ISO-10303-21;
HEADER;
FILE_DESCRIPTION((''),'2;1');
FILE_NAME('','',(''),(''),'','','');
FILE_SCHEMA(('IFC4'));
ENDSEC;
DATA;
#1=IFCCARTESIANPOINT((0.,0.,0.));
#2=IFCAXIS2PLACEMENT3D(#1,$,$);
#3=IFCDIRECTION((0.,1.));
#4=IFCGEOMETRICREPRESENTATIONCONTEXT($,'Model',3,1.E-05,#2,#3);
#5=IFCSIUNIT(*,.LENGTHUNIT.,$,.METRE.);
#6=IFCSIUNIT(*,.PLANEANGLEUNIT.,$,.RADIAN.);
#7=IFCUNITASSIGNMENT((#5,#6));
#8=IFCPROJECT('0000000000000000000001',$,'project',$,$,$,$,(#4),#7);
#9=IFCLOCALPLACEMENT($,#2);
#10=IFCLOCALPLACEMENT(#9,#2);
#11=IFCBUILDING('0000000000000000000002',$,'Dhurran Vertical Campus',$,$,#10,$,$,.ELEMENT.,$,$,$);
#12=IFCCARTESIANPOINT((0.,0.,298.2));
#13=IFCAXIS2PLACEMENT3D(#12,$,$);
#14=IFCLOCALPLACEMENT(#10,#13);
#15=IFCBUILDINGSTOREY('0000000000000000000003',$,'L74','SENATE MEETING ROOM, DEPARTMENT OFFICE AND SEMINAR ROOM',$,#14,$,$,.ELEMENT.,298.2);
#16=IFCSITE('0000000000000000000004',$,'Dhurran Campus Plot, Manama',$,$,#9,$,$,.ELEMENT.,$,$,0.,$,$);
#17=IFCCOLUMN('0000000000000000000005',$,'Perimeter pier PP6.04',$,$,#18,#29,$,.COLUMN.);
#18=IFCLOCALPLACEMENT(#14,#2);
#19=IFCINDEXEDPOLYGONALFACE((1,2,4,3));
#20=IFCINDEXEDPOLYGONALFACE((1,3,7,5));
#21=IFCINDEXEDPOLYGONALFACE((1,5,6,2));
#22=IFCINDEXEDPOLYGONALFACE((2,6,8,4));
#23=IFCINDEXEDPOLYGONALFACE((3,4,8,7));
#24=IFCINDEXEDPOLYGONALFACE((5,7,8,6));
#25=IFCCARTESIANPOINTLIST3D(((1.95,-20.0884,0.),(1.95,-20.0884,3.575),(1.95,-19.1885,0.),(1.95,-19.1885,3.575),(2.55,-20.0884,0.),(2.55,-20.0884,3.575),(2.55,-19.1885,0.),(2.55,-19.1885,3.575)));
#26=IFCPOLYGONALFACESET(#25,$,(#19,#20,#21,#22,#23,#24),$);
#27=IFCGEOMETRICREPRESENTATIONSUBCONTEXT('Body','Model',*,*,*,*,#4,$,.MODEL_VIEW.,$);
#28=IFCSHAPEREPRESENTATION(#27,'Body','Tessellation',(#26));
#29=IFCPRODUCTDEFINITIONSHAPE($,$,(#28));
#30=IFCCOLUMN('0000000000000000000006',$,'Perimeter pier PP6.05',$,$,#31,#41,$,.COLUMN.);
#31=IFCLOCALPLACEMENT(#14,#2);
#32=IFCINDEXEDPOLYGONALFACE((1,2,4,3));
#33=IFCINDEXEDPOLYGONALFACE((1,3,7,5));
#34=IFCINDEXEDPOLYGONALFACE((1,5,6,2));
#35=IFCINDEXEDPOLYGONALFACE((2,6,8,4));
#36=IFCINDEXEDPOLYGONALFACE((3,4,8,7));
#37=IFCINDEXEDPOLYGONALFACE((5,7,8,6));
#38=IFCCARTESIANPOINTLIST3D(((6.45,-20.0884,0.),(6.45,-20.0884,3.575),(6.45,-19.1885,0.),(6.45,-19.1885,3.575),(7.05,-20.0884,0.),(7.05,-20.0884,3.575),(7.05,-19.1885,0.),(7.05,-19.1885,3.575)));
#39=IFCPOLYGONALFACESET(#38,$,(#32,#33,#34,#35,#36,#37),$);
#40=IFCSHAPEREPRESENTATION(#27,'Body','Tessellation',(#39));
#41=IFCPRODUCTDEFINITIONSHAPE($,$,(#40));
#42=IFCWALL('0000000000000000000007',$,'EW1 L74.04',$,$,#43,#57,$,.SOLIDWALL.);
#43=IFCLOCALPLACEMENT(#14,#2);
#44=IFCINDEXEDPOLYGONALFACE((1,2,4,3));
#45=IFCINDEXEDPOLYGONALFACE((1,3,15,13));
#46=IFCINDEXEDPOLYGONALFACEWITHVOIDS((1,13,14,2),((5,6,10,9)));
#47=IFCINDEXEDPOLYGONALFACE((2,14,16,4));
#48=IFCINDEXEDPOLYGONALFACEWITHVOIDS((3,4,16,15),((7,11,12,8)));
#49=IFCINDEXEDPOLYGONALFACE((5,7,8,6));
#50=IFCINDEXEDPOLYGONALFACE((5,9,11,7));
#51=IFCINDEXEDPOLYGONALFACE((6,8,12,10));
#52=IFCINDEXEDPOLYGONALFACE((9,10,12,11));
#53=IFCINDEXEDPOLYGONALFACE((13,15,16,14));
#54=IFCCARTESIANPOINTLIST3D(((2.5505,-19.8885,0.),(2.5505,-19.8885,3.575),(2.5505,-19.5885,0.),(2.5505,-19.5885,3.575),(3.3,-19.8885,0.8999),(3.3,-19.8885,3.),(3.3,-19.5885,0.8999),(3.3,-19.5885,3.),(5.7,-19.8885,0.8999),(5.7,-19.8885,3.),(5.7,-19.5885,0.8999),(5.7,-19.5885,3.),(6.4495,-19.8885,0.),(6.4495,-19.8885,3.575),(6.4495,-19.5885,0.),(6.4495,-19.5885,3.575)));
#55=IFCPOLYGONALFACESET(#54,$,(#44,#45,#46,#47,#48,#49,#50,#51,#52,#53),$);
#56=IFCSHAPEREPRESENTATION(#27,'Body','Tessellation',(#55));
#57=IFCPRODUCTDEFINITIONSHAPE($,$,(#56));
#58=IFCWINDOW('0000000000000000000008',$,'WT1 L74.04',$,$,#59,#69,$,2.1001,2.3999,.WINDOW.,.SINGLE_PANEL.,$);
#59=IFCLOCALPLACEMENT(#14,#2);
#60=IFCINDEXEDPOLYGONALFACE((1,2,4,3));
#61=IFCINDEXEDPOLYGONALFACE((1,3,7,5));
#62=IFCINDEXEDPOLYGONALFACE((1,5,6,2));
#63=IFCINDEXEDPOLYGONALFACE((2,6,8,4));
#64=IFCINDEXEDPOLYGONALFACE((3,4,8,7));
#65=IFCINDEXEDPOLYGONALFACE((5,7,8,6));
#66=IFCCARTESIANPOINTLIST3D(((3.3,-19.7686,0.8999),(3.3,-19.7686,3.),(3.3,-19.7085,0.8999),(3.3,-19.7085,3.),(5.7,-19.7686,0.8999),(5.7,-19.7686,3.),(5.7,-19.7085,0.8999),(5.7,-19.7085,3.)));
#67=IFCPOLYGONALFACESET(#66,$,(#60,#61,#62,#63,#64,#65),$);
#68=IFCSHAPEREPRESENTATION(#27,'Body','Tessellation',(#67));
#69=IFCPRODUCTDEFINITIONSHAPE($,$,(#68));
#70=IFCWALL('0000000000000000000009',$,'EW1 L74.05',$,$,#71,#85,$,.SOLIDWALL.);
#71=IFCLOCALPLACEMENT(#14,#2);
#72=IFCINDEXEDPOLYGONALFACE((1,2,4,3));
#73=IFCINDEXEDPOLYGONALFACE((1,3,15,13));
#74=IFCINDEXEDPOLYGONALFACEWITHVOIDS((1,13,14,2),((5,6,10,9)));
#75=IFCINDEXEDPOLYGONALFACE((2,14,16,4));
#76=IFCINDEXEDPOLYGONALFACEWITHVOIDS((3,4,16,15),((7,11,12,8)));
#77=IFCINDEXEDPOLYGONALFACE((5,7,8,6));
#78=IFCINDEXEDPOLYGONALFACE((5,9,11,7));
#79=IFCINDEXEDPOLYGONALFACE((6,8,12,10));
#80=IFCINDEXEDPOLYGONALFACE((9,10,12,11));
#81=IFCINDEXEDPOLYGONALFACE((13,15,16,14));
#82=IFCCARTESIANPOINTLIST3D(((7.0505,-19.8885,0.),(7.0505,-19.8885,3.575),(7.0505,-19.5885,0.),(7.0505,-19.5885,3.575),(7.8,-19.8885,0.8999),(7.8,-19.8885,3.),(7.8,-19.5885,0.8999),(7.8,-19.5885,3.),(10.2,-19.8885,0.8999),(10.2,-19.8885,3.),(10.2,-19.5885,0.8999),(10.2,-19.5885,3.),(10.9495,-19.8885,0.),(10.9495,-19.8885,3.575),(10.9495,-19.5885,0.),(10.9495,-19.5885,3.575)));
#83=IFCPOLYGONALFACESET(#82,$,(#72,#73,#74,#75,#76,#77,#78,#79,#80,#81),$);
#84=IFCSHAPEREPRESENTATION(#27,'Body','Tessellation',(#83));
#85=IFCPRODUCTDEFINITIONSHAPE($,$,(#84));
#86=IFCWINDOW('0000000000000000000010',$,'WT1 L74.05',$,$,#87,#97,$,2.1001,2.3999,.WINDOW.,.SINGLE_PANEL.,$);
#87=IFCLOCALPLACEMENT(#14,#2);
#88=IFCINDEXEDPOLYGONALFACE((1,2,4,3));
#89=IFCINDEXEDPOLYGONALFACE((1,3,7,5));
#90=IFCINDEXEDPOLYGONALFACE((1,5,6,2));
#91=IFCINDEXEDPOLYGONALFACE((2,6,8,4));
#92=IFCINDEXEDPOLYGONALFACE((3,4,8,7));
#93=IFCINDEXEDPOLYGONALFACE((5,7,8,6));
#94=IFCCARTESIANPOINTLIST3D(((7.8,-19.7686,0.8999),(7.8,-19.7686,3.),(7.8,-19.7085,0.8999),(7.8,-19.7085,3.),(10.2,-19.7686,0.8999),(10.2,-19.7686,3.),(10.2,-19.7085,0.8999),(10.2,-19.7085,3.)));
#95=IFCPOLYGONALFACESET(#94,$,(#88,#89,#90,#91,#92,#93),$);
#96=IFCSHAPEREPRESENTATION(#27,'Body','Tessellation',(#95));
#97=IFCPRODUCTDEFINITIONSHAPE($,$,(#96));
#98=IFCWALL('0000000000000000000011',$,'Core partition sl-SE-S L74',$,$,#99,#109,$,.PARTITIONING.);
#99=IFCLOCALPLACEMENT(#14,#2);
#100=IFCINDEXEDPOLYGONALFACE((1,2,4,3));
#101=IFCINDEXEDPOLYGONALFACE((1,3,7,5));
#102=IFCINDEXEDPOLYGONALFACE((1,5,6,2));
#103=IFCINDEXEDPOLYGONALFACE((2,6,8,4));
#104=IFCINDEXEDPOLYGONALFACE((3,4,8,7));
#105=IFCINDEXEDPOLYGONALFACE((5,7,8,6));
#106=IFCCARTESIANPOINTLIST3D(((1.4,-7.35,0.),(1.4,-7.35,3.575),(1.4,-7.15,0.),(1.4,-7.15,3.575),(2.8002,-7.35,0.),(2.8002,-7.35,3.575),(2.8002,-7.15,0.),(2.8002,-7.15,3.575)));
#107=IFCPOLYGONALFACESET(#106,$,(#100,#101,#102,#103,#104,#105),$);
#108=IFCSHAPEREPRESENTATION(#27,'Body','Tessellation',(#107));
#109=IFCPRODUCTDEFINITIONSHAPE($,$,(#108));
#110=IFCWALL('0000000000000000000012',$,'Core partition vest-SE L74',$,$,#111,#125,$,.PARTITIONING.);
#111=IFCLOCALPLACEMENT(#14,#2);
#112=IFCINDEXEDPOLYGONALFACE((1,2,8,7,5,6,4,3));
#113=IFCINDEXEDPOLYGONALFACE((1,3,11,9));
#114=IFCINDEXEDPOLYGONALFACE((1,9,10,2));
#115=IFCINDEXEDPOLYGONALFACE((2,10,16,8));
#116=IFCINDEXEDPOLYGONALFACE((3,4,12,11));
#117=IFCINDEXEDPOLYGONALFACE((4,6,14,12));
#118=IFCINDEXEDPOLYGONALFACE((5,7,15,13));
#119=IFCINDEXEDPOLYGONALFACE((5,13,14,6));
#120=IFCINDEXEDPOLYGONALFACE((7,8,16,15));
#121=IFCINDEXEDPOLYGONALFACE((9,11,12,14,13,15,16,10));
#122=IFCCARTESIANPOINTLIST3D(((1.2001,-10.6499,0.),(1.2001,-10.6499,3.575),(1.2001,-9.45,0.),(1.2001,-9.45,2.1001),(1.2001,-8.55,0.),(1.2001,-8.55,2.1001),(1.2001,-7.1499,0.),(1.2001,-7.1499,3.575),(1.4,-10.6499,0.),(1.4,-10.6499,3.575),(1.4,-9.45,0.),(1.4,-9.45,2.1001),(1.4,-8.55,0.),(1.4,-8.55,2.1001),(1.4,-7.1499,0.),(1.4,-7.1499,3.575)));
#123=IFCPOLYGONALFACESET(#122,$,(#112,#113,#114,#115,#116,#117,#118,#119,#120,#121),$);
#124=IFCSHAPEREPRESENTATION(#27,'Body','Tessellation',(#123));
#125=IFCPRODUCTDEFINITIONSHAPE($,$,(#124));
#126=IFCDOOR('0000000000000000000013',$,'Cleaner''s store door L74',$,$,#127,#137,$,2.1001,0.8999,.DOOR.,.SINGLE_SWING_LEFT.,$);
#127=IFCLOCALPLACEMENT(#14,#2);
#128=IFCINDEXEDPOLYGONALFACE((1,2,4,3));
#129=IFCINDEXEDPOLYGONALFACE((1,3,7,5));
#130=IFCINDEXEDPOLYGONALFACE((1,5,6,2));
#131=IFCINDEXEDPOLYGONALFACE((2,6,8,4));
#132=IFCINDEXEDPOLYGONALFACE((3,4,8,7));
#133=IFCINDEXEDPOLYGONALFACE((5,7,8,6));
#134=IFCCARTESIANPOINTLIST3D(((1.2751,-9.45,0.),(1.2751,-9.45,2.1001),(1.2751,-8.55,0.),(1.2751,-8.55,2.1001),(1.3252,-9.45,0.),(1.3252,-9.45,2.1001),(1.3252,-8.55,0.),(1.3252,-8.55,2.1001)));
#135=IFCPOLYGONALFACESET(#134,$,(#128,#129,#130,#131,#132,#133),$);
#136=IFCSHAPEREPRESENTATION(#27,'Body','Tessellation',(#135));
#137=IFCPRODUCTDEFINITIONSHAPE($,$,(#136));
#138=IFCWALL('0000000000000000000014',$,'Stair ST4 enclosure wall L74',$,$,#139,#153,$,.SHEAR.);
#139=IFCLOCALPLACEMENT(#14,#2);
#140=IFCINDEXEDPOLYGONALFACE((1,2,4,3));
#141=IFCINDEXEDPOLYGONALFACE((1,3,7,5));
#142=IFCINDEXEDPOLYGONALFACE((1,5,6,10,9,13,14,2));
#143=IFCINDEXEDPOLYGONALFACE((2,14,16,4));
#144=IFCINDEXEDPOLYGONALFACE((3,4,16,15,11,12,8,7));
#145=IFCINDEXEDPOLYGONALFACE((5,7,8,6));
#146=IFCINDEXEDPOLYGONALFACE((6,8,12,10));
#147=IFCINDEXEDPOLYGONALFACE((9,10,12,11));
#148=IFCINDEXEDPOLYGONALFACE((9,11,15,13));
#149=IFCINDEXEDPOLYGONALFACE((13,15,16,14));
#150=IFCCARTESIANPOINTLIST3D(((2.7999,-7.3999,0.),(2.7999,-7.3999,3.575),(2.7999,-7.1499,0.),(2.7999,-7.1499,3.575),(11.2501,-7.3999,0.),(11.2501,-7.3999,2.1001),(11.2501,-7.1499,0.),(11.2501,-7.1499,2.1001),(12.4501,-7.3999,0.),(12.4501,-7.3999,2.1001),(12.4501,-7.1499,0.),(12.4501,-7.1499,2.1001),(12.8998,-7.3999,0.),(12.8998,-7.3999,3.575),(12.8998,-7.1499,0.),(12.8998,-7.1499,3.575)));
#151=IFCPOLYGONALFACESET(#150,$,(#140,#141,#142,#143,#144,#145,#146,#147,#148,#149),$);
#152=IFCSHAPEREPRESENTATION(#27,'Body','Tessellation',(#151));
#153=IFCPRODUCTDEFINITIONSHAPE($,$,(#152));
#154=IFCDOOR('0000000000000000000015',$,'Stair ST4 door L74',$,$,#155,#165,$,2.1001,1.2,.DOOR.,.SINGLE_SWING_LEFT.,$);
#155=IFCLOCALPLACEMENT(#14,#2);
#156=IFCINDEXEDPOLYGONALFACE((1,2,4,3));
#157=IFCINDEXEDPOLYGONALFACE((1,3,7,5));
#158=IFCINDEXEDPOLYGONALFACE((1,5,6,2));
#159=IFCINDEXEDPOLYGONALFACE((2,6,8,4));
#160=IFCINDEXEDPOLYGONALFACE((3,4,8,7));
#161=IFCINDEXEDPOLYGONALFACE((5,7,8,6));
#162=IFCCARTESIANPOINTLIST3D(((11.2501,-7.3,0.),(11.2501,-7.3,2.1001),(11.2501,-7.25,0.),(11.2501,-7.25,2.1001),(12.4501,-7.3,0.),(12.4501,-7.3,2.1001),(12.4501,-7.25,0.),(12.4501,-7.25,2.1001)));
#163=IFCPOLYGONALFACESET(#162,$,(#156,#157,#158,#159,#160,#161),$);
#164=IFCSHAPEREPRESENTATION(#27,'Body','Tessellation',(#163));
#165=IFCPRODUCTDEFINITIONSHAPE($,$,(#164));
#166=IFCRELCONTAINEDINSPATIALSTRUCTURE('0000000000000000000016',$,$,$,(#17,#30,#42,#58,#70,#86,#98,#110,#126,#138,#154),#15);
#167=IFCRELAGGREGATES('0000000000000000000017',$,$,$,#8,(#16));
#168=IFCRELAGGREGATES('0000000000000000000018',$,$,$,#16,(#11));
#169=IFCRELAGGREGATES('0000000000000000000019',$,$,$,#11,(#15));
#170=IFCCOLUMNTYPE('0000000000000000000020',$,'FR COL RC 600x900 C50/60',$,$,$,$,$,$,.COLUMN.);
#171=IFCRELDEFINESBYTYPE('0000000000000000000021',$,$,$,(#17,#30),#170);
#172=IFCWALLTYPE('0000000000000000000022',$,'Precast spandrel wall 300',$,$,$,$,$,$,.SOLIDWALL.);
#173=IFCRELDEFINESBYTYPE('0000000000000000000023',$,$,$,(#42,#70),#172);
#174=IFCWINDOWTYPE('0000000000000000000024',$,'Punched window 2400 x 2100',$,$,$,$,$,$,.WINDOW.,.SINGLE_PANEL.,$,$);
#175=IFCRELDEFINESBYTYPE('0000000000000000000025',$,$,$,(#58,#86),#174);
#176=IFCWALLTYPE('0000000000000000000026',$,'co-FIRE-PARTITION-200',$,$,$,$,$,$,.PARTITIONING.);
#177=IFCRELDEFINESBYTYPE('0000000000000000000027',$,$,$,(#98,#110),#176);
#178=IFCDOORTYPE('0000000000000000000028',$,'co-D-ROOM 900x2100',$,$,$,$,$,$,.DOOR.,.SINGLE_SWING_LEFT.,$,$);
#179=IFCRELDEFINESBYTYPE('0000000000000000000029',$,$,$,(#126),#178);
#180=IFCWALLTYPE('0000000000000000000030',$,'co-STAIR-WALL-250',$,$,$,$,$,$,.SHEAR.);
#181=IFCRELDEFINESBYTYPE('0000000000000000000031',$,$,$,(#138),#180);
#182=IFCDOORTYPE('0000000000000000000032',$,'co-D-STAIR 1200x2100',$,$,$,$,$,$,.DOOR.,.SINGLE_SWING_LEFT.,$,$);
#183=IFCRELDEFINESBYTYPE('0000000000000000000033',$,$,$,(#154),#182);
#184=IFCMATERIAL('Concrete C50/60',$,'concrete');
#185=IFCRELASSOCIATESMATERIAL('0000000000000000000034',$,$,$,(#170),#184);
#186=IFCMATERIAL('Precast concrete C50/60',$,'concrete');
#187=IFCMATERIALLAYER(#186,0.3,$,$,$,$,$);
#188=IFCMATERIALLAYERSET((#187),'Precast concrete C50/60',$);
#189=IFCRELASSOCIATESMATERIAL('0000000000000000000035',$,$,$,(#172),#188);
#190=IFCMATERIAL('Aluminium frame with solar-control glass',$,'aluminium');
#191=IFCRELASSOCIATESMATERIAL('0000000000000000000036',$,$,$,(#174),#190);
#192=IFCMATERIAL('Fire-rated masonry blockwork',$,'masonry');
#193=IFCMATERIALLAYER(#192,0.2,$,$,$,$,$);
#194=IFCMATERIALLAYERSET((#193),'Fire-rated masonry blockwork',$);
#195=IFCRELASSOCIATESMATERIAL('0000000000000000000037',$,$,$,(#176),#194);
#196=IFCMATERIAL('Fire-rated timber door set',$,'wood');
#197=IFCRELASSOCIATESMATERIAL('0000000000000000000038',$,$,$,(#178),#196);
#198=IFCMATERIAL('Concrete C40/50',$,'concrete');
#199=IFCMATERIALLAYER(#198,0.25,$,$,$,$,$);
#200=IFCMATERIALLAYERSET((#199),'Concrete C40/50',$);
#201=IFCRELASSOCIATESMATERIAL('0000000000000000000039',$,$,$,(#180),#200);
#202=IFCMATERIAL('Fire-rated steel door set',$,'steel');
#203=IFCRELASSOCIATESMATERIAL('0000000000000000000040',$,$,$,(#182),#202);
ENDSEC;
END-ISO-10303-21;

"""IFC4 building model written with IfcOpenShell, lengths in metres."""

from ifc_helpers import new_model, si_unit, direction, frame, frame_2d, origin, origin_2d, place, context, subcontext, project, spatial, rectangle, extrude, material, layer, layer_set, material_profile, profile_set, type_object, element, fill, save


model = new_model("IFC4")

# Units and contexts
model_context = context("Model", 3, precision=1e-05, world=origin(), true_north=direction((0.0, 1.0)))
body_context = subcontext(model_context, "Body", "Model", "MODEL_VIEW")
ifc_project = project(units=[si_unit("LENGTHUNIT", "METRE"), si_unit("PLANEANGLEUNIT", "RADIAN")], contexts=[model_context])

# Site, building, storey
site_placement = place(None, origin())
site = spatial("IfcSite", under=ifc_project, at=site_placement, Name="Dhurran Campus Plot, Manama", CompositionType="ELEMENT", RefElevation=0.0)
building_placement = place(site_placement, origin())
building = spatial("IfcBuilding", under=site, at=building_placement, Name="Dhurran Vertical Campus", CompositionType="ELEMENT")
storey_placement = place(building_placement, frame((0.0, 0.0, 298.2)))
storey = spatial("IfcBuildingStorey", under=building, at=storey_placement, Name="L74", Description="SENATE MEETING ROOM, DEPARTMENT OFFICE AND SEMINAR ROOM", CompositionType="ELEMENT", Elevation=298.2)

# Columns
ifc_material_1 = material(Name="Concrete C50/60", Category="concrete")
ifc_material_profile = material_profile(ifc_material_1, rectangle(XDim=0.6001, YDim=0.8999, at=origin_2d()), Name="RC 600x900")
ifc_profile_set = profile_set([ifc_material_profile], Name="Concrete C50/60")
column_type = type_object("IfcColumnType", Name="FR COL RC 600x900 C50/60", PredefinedType="COLUMN", material=ifc_profile_set)
for number, where, z_axis, x_axis, name in (
    (1, (2.25, -19.6384, 0.0), (0.0, 0.0, 1.0), (1.0, 0.0, 0.0), "Perimeter pier PP6.04"),
    (2, (6.75, -19.6384, 0.0), (0.0, 0.0, 1.0), (1.0, 0.0, 0.0), "Perimeter pier PP6.05"),
):
    element("IfcColumn", number, at=place(storey_placement, frame(where, z_axis=z_axis, x_axis=x_axis)), inside=storey, type_object=column_type, Name=name, PredefinedType="COLUMN", context=body_context, shape_type="SweptSolid", body=[
        extrude(rectangle(XDim=0.6001, YDim=0.8999, at=origin_2d()), origin(), (0.0, 0.0, 1.0), 3.575),
    ])

# Walls, openings, windows
ifc_material_2 = material(Name="Precast concrete C50/60", Category="concrete")
ifc_layer_1 = layer(ifc_material_2, 0.3)
ifc_layer_set_1 = layer_set([ifc_layer_1], Name="Precast concrete C50/60")
wall_type_1 = type_object("IfcWallType", Name="Precast spandrel wall 300", PredefinedType="SOLIDWALL", material=ifc_layer_set_1)
wall_1_placement = place(storey_placement, frame((2.5505, -19.7385, 0.0), z_axis=(0.0, 0.0, 1.0), x_axis=(1.0, 0.0, 0.0)))
wall_1 = element("IfcWall", 3, at=wall_1_placement, inside=storey, type_object=wall_type_1, Name="EW1 L74.04", PredefinedType="SOLIDWALL", context=body_context, shape_type="SweptSolid", body=[
    extrude(rectangle(XDim=3.8989, YDim=0.3, at=frame_2d((1.9495, 0.0))), origin(), (0.0, 0.0, 1.0), 3.575),
])
opening_1_placement = place(wall_1_placement, frame((0.7495, 0.0, 0.8999)))
opening_1 = element("IfcOpeningElement", 4, at=opening_1_placement, cuts=wall_1, PredefinedType="OPENING", context=body_context, shape_type="SweptSolid", body=[
    extrude(rectangle(XDim=2.3999, YDim=2.1001, at=frame_2d((1.2, 1.05))), frame((0.0, 0.1599, 0.0), z_axis=(0.0, -1.0, 0.0), x_axis=(1.0, 0.0, 0.0)), (0.0, 0.0, 1.0), 0.3201),
])
ifc_material_3 = material(Name="Aluminium frame with solar-control glass", Category="aluminium")
window_type = type_object("IfcWindowType", Name="Punched window 2400 x 2100", PartitioningType="SINGLE_PANEL", PredefinedType="WINDOW", material=ifc_material_3)
window_1_placement = place(opening_1_placement, origin())
window_1 = element("IfcWindow", 5, at=window_1_placement, inside=storey, type_object=window_type, Name="WT1 L74.04", OverallHeight=2.1001, OverallWidth=2.3999, PartitioningType="SINGLE_PANEL", PredefinedType="WINDOW", context=body_context, shape_type="SweptSolid", body=[
    extrude(rectangle(XDim=2.3999, YDim=2.1001, at=frame_2d((1.2, 1.05))), frame((0.0, 0.03, 0.0), z_axis=(0.0, -1.0, 0.0), x_axis=(1.0, 0.0, 0.0)), (0.0, 0.0, 1.0), 0.0601),
])
fill(opening_1, window_1)
wall_2_placement = place(storey_placement, frame((7.0505, -19.7385, 0.0), z_axis=(0.0, 0.0, 1.0), x_axis=(1.0, 0.0, 0.0)))
wall_2 = element("IfcWall", 6, at=wall_2_placement, inside=storey, type_object=wall_type_1, Name="EW1 L74.05", PredefinedType="SOLIDWALL", context=body_context, shape_type="SweptSolid", body=[
    extrude(rectangle(XDim=3.8989, YDim=0.3, at=frame_2d((1.9495, 0.0))), origin(), (0.0, 0.0, 1.0), 3.575),
])
opening_2_placement = place(wall_2_placement, frame((0.7495, 0.0, 0.8999)))
opening_2 = element("IfcOpeningElement", 7, at=opening_2_placement, cuts=wall_2, PredefinedType="OPENING", context=body_context, shape_type="SweptSolid", body=[
    extrude(rectangle(XDim=2.3999, YDim=2.1001, at=frame_2d((1.2, 1.05))), frame((0.0, 0.1599, 0.0), z_axis=(0.0, -1.0, 0.0), x_axis=(1.0, 0.0, 0.0)), (0.0, 0.0, 1.0), 0.3201),
])
window_2_placement = place(opening_2_placement, origin())
window_2 = element("IfcWindow", 8, at=window_2_placement, inside=storey, type_object=window_type, Name="WT1 L74.05", OverallHeight=2.1001, OverallWidth=2.3999, PartitioningType="SINGLE_PANEL", PredefinedType="WINDOW", context=body_context, shape_type="SweptSolid", body=[
    extrude(rectangle(XDim=2.3999, YDim=2.1001, at=frame_2d((1.2, 1.05))), frame((0.0, 0.03, 0.0), z_axis=(0.0, -1.0, 0.0), x_axis=(1.0, 0.0, 0.0)), (0.0, 0.0, 1.0), 0.0601),
])
fill(opening_2, window_2)

# Wall
ifc_material_4 = material(Name="Fire-rated masonry blockwork", Category="masonry")
ifc_layer_2 = layer(ifc_material_4, 0.2)
ifc_layer_set_2 = layer_set([ifc_layer_2], Name="Fire-rated masonry blockwork")
wall_type_2 = type_object("IfcWallType", Name="co-FIRE-PARTITION-200", PredefinedType="PARTITIONING", material=ifc_layer_set_2)
wall_3_placement = place(storey_placement, frame((1.3999, -7.25, 0.0), z_axis=(0.0, 0.0, 1.0), x_axis=(1.0, 0.0, 0.0)))
element("IfcWall", 9, at=wall_3_placement, inside=storey, type_object=wall_type_2, Name="Core partition sl-SE-S L74", PredefinedType="PARTITIONING", context=body_context, shape_type="SweptSolid", body=[
    extrude(rectangle(XDim=1.4001, YDim=0.2, at=frame_2d((0.7002, 0.0))), origin(), (0.0, 0.0, 1.0), 3.575),
])

# Walls, openings, doors
wall_4_placement = place(storey_placement, frame((1.3, -10.6499, 0.0), z_axis=(0.0, 0.0, 1.0), x_axis=(0.0, 1.0, 0.0)))
wall_4 = element("IfcWall", 10, at=wall_4_placement, inside=storey, type_object=wall_type_2, Name="Core partition vest-SE L74", PredefinedType="PARTITIONING", context=body_context, shape_type="SweptSolid", body=[
    extrude(rectangle(XDim=3.5, YDim=0.2, at=frame_2d((1.75, 0.0))), origin(), (0.0, 0.0, 1.0), 3.575),
])
opening_3_placement = place(wall_4_placement, frame((1.2, 0.0, 0.0)))
opening_3 = element("IfcOpeningElement", 11, at=opening_3_placement, cuts=wall_4, PredefinedType="OPENING", context=body_context, shape_type="SweptSolid", body=[
    extrude(rectangle(XDim=0.8999, YDim=2.1001, at=frame_2d((0.45, 1.05))), frame((0.0, 0.1099, 0.0), z_axis=(0.0, -1.0, 0.0), x_axis=(1.0, 0.0, 0.0)), (0.0, 0.0, 1.0), 0.22),
])
ifc_material_5 = material(Name="Fire-rated timber door set", Category="wood")
door_type_1 = type_object("IfcDoorType", Name="co-D-ROOM 900x2100", OperationType="SINGLE_SWING_LEFT", PredefinedType="DOOR", material=ifc_material_5)
door_1_placement = place(opening_3_placement, origin())
door_1 = element("IfcDoor", 12, at=door_1_placement, inside=storey, type_object=door_type_1, Name="Cleaner's store door L74", OperationType="SINGLE_SWING_LEFT", OverallHeight=2.1001, OverallWidth=0.8999, PredefinedType="DOOR", context=body_context, shape_type="SweptSolid", body=[
    extrude(rectangle(XDim=0.8999, YDim=2.1001, at=frame_2d((0.45, 1.05))), frame((0.0, 0.0249, 0.0), z_axis=(0.0, -1.0, 0.0), x_axis=(1.0, 0.0, 0.0)), (0.0, 0.0, 1.0), 0.05),
])
fill(opening_3, door_1)
ifc_material_6 = material(Name="Concrete C40/50", Category="concrete")
ifc_layer_3 = layer(ifc_material_6, 0.25)
ifc_layer_set_3 = layer_set([ifc_layer_3], Name="Concrete C40/50")
wall_type_3 = type_object("IfcWallType", Name="co-STAIR-WALL-250", PredefinedType="SHEAR", material=ifc_layer_set_3)
wall_5_placement = place(storey_placement, frame((2.8, -7.2749, 0.0), z_axis=(0.0, 0.0, 1.0), x_axis=(1.0, 0.0, 0.0)))
wall_5 = element("IfcWall", 13, at=wall_5_placement, inside=storey, type_object=wall_type_3, Name="Stair ST4 enclosure wall L74", PredefinedType="SHEAR", context=body_context, shape_type="SweptSolid", body=[
    extrude(rectangle(XDim=10.0999, YDim=0.25, at=frame_2d((5.0498, 0.0))), origin(), (0.0, 0.0, 1.0), 3.575),
])
opening_4_placement = place(wall_5_placement, frame((8.45, 0.0, 0.0)))
opening_4 = element("IfcOpeningElement", 14, at=opening_4_placement, cuts=wall_5, PredefinedType="OPENING", context=body_context, shape_type="SweptSolid", body=[
    extrude(rectangle(XDim=1.2, YDim=2.1001, at=frame_2d((0.6001, 1.05))), frame((0.0, 0.135, 0.0), z_axis=(0.0, -1.0, 0.0), x_axis=(1.0, 0.0, 0.0)), (0.0, 0.0, 1.0), 0.27),
])
ifc_material_7 = material(Name="Fire-rated steel door set", Category="steel")
door_type_2 = type_object("IfcDoorType", Name="co-D-STAIR 1200x2100", OperationType="SINGLE_SWING_LEFT", PredefinedType="DOOR", material=ifc_material_7)
door_2_placement = place(opening_4_placement, origin())
door_2 = element("IfcDoor", 15, at=door_2_placement, inside=storey, type_object=door_type_2, Name="Stair ST4 door L74", OperationType="SINGLE_SWING_LEFT", OverallHeight=2.1001, OverallWidth=1.2, PredefinedType="DOOR", context=body_context, shape_type="SweptSolid", body=[
    extrude(rectangle(XDim=1.2, YDim=2.1001, at=frame_2d((0.6001, 1.05))), frame((0.0, 0.0249, 0.0), z_axis=(0.0, -1.0, 0.0), x_axis=(1.0, 0.0, 0.0)), (0.0, 0.0, 1.0), 0.05),
])
fill(opening_4, door_2)

save(model, "model.ifc")
